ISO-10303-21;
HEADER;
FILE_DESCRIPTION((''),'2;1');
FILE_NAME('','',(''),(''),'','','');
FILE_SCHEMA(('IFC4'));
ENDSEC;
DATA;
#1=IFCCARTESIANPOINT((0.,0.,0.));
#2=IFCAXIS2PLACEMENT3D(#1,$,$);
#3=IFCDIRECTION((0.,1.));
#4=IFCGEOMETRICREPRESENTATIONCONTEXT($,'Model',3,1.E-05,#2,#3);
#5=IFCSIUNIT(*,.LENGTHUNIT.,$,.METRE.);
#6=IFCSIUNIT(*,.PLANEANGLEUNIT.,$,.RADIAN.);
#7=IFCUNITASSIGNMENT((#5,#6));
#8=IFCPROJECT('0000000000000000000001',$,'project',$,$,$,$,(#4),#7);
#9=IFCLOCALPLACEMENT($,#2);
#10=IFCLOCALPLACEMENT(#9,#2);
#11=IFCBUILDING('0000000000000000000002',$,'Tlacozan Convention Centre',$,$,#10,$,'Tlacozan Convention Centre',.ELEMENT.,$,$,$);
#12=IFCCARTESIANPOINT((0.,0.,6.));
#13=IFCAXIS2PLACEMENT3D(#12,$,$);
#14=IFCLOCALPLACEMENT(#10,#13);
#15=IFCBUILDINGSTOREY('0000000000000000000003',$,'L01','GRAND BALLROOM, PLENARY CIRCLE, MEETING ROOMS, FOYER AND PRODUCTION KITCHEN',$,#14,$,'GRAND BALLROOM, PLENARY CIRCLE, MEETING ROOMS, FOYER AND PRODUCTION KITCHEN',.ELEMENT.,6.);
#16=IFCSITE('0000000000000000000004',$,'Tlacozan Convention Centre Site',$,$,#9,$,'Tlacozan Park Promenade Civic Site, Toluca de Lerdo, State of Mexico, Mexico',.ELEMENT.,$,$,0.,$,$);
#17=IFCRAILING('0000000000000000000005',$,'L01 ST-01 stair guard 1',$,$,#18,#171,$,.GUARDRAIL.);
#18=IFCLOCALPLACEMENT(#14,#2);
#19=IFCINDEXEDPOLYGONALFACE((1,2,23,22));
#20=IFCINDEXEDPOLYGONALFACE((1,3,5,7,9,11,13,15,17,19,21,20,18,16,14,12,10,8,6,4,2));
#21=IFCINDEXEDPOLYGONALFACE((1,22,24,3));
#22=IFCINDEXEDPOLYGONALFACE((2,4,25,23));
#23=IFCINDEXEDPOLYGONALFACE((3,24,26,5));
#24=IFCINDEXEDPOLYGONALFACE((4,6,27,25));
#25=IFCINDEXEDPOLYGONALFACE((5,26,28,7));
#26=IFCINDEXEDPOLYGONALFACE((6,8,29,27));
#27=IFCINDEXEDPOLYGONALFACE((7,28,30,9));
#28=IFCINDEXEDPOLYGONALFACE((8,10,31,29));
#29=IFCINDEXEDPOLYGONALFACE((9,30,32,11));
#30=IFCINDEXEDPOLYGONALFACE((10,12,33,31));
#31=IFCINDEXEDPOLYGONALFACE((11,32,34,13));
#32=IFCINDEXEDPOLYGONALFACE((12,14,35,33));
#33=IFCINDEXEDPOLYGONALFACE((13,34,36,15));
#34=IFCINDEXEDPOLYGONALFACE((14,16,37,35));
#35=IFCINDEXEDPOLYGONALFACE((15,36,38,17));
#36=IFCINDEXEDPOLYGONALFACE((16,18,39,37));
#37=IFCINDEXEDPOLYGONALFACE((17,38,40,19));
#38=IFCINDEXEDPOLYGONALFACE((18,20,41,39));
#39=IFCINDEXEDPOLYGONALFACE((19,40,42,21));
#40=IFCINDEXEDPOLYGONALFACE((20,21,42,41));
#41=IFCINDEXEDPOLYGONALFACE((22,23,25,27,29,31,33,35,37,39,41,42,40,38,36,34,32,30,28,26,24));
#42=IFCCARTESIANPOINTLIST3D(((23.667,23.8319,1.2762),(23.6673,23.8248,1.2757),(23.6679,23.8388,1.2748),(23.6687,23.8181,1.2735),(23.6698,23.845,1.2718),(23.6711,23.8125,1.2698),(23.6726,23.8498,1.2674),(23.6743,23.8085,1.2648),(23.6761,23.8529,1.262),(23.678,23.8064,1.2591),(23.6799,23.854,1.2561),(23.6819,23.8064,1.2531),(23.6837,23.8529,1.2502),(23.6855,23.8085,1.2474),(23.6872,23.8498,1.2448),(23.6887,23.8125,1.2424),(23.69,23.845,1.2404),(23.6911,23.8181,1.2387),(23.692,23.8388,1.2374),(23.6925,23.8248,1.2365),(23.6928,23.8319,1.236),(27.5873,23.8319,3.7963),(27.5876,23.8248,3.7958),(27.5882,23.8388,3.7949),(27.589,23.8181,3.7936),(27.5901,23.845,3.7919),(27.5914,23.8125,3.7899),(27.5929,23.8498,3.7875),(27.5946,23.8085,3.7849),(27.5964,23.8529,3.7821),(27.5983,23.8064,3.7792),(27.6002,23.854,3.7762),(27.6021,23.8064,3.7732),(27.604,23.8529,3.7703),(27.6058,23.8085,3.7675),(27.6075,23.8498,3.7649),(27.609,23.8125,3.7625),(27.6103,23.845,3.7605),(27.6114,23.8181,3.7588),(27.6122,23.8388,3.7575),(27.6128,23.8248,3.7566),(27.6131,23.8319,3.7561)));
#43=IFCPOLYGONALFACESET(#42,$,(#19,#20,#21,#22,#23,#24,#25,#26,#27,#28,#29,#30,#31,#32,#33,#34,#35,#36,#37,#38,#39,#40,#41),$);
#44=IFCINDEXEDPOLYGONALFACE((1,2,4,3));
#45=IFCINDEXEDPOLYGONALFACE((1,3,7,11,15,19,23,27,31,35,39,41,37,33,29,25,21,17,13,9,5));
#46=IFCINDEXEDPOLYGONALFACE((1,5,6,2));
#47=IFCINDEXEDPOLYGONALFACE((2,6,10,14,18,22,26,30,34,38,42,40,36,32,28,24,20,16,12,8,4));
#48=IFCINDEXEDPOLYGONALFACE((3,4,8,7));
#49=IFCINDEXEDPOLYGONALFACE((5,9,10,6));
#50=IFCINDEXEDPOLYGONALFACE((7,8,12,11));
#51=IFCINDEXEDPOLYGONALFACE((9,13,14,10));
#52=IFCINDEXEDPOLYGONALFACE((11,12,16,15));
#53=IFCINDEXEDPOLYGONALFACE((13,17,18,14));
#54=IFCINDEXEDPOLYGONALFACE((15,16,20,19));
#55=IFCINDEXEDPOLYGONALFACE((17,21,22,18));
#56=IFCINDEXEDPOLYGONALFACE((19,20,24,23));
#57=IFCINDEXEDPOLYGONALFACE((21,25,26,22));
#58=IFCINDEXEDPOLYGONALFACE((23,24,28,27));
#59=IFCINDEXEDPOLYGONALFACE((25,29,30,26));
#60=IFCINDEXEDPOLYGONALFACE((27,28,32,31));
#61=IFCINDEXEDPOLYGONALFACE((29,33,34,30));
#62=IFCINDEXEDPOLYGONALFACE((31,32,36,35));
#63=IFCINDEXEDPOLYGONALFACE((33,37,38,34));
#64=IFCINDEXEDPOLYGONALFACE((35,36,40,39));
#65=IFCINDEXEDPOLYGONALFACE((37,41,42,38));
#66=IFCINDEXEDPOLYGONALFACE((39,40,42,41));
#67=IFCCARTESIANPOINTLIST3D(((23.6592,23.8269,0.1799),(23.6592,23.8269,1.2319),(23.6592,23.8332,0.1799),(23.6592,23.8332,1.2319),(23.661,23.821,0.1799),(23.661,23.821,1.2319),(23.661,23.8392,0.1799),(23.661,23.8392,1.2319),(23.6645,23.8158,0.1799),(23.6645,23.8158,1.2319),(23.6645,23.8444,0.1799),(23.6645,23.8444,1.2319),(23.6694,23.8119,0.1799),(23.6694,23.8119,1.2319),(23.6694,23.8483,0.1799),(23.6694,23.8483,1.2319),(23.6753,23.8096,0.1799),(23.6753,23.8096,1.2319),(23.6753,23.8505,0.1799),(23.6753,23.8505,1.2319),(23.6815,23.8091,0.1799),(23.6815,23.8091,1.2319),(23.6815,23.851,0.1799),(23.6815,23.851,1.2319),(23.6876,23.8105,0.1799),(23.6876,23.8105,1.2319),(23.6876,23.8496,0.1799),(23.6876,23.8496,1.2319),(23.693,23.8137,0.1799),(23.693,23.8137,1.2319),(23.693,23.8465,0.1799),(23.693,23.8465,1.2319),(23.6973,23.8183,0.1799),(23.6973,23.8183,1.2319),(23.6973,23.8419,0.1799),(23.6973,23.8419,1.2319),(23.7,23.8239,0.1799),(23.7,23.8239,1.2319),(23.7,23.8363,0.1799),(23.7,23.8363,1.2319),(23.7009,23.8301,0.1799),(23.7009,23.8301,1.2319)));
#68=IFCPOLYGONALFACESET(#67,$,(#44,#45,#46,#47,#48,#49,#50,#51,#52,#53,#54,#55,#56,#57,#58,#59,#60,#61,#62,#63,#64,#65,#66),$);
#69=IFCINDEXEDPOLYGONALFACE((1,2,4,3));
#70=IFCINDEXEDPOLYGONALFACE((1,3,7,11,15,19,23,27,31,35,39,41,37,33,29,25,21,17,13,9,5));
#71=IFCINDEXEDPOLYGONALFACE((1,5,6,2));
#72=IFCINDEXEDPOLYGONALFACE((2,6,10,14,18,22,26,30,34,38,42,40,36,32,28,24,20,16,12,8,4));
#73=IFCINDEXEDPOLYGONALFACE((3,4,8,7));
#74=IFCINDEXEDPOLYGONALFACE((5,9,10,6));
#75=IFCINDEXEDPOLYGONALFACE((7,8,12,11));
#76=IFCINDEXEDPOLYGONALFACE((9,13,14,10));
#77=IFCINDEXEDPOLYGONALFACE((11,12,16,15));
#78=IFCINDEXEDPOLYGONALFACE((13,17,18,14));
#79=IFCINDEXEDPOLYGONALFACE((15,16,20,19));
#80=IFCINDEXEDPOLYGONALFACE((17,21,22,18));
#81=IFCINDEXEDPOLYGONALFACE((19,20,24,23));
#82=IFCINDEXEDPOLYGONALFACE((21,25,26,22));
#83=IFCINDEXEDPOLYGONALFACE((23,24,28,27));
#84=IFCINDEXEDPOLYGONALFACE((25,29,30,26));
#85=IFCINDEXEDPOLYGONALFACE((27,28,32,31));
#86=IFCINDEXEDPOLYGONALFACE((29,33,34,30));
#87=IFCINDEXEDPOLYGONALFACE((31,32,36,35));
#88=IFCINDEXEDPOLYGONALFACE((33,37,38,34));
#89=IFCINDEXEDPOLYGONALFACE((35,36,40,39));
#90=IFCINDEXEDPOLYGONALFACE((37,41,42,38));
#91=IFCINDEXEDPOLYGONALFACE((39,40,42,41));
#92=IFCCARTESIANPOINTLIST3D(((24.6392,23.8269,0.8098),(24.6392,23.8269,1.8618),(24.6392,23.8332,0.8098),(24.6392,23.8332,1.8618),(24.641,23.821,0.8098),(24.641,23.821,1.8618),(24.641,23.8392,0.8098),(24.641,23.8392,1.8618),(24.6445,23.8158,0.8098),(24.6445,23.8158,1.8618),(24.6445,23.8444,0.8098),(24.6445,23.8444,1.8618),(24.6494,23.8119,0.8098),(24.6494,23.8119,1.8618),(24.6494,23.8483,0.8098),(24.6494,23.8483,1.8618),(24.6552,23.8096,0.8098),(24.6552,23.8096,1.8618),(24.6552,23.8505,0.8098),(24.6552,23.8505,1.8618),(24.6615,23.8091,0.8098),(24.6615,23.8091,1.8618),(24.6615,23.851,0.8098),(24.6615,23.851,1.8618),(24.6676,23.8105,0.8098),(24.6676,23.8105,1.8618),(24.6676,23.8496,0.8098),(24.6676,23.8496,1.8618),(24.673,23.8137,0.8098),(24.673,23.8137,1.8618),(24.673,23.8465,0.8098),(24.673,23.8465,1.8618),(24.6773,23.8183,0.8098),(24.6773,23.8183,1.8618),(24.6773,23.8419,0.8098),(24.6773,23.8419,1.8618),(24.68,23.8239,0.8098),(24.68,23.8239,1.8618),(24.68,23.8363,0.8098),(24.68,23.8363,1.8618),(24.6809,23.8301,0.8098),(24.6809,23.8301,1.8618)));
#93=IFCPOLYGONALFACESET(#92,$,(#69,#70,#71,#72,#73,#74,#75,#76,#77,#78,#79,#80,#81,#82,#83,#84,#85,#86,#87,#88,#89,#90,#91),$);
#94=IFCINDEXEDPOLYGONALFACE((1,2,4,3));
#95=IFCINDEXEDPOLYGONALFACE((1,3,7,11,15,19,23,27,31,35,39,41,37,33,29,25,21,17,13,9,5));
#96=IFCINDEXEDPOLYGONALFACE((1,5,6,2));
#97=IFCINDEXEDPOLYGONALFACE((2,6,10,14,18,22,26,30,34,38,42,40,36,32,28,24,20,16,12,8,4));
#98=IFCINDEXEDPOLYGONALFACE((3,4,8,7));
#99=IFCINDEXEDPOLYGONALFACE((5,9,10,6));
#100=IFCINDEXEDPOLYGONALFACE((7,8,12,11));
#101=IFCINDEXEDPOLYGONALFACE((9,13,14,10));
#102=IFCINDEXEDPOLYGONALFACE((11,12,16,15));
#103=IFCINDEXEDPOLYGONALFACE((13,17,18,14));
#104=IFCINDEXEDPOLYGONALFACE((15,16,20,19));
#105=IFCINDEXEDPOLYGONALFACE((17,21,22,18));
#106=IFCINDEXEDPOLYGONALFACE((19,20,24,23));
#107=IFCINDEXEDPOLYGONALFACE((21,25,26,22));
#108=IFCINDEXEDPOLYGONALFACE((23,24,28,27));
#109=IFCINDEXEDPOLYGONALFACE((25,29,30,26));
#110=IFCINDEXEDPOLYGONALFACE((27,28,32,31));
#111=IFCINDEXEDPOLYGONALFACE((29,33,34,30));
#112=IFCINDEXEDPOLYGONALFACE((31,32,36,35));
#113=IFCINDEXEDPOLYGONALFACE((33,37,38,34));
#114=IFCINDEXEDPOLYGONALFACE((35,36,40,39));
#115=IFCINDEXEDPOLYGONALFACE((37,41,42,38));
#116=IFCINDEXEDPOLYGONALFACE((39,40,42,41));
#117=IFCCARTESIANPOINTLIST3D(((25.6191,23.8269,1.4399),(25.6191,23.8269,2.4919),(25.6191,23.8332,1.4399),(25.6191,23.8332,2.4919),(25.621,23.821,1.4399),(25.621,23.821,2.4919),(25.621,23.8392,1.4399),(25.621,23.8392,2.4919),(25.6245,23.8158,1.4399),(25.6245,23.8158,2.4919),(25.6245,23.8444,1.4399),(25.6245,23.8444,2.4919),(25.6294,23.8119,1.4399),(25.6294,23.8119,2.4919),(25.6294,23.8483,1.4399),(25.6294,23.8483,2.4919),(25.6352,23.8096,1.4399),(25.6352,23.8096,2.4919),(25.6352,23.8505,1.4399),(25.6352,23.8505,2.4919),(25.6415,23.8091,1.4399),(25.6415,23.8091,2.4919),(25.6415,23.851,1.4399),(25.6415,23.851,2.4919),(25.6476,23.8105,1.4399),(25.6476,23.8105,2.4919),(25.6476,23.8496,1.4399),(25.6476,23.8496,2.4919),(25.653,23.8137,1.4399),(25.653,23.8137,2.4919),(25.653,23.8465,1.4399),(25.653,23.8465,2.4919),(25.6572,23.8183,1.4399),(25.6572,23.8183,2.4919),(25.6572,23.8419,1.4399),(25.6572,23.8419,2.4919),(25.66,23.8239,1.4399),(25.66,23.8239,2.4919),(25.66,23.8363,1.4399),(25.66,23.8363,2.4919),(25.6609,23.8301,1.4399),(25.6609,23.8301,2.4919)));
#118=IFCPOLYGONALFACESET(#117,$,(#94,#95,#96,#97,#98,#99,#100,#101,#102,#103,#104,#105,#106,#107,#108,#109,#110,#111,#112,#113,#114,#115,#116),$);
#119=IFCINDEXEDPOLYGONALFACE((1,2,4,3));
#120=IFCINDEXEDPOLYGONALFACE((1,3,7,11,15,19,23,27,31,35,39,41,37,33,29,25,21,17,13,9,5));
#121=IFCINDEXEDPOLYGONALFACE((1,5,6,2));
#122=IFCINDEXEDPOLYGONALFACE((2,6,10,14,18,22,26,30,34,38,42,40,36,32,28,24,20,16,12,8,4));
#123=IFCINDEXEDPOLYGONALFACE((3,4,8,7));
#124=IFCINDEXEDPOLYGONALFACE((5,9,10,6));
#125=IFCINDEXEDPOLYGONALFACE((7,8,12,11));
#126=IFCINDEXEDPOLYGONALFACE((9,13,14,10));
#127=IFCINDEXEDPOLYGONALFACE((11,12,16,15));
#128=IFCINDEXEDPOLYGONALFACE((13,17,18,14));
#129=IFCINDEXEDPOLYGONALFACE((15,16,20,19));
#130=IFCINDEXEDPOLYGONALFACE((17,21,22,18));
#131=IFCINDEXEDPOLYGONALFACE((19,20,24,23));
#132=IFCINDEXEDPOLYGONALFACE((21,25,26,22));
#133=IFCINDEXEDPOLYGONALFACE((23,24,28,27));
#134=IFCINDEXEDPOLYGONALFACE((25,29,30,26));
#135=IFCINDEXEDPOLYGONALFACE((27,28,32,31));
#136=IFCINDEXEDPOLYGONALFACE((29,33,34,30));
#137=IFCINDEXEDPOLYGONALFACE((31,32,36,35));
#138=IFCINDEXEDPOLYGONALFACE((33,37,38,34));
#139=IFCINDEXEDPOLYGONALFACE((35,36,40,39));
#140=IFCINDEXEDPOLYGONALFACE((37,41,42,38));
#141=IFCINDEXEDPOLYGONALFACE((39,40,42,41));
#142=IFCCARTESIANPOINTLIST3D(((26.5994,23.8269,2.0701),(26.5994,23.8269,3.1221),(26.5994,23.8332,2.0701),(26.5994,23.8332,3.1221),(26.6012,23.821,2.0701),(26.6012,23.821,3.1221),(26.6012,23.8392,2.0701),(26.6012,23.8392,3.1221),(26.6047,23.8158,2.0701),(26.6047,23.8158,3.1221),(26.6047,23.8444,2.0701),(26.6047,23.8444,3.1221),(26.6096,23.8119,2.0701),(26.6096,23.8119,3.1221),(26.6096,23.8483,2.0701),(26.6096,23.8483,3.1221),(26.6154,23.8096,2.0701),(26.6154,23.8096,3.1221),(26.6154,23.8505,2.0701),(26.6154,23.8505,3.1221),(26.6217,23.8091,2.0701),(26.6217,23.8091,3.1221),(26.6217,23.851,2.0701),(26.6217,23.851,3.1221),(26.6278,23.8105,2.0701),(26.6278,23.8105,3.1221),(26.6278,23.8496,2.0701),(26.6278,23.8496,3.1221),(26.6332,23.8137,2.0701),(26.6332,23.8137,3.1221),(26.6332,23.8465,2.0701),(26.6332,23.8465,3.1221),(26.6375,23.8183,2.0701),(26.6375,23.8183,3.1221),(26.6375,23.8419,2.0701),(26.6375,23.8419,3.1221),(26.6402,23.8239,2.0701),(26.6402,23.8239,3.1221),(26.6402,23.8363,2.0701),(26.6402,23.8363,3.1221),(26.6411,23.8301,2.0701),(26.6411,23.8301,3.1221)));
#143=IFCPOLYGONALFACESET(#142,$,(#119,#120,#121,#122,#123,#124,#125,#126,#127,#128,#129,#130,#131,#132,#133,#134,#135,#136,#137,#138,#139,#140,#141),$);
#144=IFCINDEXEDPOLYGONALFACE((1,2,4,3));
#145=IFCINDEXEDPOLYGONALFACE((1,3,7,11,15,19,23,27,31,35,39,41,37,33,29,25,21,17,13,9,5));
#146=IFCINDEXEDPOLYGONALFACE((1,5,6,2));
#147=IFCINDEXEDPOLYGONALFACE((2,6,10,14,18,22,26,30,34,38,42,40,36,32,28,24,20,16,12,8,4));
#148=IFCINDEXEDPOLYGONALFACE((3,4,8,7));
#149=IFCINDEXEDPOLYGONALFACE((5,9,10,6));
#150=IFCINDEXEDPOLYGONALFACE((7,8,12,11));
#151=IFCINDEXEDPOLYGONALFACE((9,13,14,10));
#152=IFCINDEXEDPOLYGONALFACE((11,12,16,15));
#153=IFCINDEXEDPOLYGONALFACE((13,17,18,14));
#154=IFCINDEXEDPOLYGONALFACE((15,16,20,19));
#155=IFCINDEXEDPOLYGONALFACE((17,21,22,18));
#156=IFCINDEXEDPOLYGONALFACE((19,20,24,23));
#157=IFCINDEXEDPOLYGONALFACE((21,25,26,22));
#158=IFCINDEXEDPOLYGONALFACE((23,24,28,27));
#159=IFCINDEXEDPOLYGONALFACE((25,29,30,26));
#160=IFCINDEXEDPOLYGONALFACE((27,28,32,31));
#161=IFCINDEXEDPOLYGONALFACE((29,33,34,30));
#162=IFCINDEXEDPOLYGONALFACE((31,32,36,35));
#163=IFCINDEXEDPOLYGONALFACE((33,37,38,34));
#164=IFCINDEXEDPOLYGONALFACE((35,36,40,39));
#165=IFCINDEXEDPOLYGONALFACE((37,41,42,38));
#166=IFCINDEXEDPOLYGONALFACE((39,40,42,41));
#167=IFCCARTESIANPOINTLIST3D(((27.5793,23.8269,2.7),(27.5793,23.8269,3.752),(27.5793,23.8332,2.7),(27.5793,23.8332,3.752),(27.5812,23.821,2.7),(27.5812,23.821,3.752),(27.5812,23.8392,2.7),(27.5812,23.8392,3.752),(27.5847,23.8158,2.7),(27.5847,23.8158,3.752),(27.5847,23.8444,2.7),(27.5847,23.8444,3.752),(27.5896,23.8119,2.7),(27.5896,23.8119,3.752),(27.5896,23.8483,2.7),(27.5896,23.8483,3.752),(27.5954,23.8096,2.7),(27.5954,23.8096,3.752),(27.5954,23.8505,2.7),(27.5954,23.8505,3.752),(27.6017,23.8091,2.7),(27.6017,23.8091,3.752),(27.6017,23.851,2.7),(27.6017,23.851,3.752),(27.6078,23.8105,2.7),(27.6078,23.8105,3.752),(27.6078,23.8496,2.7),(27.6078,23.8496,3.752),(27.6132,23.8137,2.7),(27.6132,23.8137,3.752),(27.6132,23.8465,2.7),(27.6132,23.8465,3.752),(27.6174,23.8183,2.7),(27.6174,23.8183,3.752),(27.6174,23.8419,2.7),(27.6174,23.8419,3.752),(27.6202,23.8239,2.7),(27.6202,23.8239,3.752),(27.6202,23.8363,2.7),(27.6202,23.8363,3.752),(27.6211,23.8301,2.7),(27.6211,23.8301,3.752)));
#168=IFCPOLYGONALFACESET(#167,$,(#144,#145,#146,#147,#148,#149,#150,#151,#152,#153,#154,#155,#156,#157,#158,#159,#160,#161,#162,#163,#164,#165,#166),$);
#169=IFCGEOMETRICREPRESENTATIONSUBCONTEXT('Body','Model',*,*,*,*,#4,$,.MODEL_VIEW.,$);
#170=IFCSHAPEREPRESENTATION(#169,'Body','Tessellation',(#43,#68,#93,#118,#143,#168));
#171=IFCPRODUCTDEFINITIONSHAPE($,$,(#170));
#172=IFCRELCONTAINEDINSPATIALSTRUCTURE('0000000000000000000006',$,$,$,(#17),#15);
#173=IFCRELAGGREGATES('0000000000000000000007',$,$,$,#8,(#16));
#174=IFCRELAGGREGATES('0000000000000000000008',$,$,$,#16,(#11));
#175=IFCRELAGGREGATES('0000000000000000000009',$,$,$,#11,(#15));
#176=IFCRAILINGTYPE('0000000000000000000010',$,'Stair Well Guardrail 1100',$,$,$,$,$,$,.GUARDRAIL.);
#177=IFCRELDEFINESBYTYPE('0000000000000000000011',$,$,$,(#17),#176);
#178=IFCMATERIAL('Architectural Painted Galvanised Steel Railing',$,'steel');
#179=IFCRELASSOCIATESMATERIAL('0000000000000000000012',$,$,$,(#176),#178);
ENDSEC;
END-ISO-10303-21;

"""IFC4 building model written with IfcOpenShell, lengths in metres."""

from ifc_helpers import new_model, si_unit, direction, frame, origin, origin_2d, place, context, subcontext, project, spatial, circle, extrude, material, type_object, element, save


model = new_model("IFC4")

# Units and contexts
model_context = context("Model", 3, precision=1e-05, world=origin(), true_north=direction((0.0, 1.0)))
body_context = subcontext(model_context, "Body", "Model", "MODEL_VIEW")
ifc_project = project(units=[si_unit("LENGTHUNIT", "METRE"), si_unit("PLANEANGLEUNIT", "RADIAN")], contexts=[model_context])

# Site, building, storey
site_placement = place(None, origin())
site = spatial("IfcSite", under=ifc_project, at=site_placement, Name="Tlacozan Convention Centre Site", LongName="Tlacozan Park Promenade Civic Site, Toluca de Lerdo, State of Mexico, Mexico", CompositionType="ELEMENT", RefElevation=0.0)
building_placement = place(site_placement, origin())
building = spatial("IfcBuilding", under=site, at=building_placement, Name="Tlacozan Convention Centre", LongName="Tlacozan Convention Centre", CompositionType="ELEMENT")
storey_placement = place(building_placement, frame((0.0, 0.0, 6.0)))
storey = spatial("IfcBuildingStorey", under=building, at=storey_placement, Name="L01", Description="GRAND BALLROOM, PLENARY CIRCLE, MEETING ROOMS, FOYER AND PRODUCTION KITCHEN", LongName="GRAND BALLROOM, PLENARY CIRCLE, MEETING ROOMS, FOYER AND PRODUCTION KITCHEN", CompositionType="ELEMENT", Elevation=6.0)

# Railing
ifc_material_1 = material(Name="Architectural Painted Galvanised Steel Railing", Category="steel")
railing_type_1 = type_object("IfcRailingType", Name="Stair Well Guardrail 1100", PredefinedType="GUARDRAIL", material=ifc_material_1)
railing_1_placement = place(storey_placement, frame((23.6799, 23.8301, 0.1799)))
element("IfcRailing", 1, at=railing_1_placement, inside=storey, type_object=railing_type_1, Name="L01 ST-01 stair guard 1", PredefinedType="GUARDRAIL", context=body_context, shape_type="SweptSolid", body=[
    extrude(circle(Radius=0.0239, at=origin_2d()), frame((0.0, 0.0, 1.0762), z_axis=(0.841187, 0.0, 0.540744), x_axis=(0.0, 1.0, 0.0)), (0.0, 0.0, 1.0), 4.6604),
    extrude(circle(Radius=0.021, at=origin_2d()), origin(), (0.0, 0.0, 1.0), 1.052),
    extrude(circle(Radius=0.021, at=origin_2d()), frame((0.98, 0.0, 0.6299)), (0.0, 0.0, 1.0), 1.052),
    extrude(circle(Radius=0.021, at=origin_2d()), frame((1.96, 0.0, 1.26)), (0.0, 0.0, 1.0), 1.052),
    extrude(circle(Radius=0.021, at=origin_2d()), frame((2.9402, 0.0, 1.8901)), (0.0, 0.0, 1.0), 1.052),
    extrude(circle(Radius=0.021, at=origin_2d()), frame((3.9202, 0.0, 2.52)), (0.0, 0.0, 1.0), 1.052),
])

save(model, "model.ifc")
